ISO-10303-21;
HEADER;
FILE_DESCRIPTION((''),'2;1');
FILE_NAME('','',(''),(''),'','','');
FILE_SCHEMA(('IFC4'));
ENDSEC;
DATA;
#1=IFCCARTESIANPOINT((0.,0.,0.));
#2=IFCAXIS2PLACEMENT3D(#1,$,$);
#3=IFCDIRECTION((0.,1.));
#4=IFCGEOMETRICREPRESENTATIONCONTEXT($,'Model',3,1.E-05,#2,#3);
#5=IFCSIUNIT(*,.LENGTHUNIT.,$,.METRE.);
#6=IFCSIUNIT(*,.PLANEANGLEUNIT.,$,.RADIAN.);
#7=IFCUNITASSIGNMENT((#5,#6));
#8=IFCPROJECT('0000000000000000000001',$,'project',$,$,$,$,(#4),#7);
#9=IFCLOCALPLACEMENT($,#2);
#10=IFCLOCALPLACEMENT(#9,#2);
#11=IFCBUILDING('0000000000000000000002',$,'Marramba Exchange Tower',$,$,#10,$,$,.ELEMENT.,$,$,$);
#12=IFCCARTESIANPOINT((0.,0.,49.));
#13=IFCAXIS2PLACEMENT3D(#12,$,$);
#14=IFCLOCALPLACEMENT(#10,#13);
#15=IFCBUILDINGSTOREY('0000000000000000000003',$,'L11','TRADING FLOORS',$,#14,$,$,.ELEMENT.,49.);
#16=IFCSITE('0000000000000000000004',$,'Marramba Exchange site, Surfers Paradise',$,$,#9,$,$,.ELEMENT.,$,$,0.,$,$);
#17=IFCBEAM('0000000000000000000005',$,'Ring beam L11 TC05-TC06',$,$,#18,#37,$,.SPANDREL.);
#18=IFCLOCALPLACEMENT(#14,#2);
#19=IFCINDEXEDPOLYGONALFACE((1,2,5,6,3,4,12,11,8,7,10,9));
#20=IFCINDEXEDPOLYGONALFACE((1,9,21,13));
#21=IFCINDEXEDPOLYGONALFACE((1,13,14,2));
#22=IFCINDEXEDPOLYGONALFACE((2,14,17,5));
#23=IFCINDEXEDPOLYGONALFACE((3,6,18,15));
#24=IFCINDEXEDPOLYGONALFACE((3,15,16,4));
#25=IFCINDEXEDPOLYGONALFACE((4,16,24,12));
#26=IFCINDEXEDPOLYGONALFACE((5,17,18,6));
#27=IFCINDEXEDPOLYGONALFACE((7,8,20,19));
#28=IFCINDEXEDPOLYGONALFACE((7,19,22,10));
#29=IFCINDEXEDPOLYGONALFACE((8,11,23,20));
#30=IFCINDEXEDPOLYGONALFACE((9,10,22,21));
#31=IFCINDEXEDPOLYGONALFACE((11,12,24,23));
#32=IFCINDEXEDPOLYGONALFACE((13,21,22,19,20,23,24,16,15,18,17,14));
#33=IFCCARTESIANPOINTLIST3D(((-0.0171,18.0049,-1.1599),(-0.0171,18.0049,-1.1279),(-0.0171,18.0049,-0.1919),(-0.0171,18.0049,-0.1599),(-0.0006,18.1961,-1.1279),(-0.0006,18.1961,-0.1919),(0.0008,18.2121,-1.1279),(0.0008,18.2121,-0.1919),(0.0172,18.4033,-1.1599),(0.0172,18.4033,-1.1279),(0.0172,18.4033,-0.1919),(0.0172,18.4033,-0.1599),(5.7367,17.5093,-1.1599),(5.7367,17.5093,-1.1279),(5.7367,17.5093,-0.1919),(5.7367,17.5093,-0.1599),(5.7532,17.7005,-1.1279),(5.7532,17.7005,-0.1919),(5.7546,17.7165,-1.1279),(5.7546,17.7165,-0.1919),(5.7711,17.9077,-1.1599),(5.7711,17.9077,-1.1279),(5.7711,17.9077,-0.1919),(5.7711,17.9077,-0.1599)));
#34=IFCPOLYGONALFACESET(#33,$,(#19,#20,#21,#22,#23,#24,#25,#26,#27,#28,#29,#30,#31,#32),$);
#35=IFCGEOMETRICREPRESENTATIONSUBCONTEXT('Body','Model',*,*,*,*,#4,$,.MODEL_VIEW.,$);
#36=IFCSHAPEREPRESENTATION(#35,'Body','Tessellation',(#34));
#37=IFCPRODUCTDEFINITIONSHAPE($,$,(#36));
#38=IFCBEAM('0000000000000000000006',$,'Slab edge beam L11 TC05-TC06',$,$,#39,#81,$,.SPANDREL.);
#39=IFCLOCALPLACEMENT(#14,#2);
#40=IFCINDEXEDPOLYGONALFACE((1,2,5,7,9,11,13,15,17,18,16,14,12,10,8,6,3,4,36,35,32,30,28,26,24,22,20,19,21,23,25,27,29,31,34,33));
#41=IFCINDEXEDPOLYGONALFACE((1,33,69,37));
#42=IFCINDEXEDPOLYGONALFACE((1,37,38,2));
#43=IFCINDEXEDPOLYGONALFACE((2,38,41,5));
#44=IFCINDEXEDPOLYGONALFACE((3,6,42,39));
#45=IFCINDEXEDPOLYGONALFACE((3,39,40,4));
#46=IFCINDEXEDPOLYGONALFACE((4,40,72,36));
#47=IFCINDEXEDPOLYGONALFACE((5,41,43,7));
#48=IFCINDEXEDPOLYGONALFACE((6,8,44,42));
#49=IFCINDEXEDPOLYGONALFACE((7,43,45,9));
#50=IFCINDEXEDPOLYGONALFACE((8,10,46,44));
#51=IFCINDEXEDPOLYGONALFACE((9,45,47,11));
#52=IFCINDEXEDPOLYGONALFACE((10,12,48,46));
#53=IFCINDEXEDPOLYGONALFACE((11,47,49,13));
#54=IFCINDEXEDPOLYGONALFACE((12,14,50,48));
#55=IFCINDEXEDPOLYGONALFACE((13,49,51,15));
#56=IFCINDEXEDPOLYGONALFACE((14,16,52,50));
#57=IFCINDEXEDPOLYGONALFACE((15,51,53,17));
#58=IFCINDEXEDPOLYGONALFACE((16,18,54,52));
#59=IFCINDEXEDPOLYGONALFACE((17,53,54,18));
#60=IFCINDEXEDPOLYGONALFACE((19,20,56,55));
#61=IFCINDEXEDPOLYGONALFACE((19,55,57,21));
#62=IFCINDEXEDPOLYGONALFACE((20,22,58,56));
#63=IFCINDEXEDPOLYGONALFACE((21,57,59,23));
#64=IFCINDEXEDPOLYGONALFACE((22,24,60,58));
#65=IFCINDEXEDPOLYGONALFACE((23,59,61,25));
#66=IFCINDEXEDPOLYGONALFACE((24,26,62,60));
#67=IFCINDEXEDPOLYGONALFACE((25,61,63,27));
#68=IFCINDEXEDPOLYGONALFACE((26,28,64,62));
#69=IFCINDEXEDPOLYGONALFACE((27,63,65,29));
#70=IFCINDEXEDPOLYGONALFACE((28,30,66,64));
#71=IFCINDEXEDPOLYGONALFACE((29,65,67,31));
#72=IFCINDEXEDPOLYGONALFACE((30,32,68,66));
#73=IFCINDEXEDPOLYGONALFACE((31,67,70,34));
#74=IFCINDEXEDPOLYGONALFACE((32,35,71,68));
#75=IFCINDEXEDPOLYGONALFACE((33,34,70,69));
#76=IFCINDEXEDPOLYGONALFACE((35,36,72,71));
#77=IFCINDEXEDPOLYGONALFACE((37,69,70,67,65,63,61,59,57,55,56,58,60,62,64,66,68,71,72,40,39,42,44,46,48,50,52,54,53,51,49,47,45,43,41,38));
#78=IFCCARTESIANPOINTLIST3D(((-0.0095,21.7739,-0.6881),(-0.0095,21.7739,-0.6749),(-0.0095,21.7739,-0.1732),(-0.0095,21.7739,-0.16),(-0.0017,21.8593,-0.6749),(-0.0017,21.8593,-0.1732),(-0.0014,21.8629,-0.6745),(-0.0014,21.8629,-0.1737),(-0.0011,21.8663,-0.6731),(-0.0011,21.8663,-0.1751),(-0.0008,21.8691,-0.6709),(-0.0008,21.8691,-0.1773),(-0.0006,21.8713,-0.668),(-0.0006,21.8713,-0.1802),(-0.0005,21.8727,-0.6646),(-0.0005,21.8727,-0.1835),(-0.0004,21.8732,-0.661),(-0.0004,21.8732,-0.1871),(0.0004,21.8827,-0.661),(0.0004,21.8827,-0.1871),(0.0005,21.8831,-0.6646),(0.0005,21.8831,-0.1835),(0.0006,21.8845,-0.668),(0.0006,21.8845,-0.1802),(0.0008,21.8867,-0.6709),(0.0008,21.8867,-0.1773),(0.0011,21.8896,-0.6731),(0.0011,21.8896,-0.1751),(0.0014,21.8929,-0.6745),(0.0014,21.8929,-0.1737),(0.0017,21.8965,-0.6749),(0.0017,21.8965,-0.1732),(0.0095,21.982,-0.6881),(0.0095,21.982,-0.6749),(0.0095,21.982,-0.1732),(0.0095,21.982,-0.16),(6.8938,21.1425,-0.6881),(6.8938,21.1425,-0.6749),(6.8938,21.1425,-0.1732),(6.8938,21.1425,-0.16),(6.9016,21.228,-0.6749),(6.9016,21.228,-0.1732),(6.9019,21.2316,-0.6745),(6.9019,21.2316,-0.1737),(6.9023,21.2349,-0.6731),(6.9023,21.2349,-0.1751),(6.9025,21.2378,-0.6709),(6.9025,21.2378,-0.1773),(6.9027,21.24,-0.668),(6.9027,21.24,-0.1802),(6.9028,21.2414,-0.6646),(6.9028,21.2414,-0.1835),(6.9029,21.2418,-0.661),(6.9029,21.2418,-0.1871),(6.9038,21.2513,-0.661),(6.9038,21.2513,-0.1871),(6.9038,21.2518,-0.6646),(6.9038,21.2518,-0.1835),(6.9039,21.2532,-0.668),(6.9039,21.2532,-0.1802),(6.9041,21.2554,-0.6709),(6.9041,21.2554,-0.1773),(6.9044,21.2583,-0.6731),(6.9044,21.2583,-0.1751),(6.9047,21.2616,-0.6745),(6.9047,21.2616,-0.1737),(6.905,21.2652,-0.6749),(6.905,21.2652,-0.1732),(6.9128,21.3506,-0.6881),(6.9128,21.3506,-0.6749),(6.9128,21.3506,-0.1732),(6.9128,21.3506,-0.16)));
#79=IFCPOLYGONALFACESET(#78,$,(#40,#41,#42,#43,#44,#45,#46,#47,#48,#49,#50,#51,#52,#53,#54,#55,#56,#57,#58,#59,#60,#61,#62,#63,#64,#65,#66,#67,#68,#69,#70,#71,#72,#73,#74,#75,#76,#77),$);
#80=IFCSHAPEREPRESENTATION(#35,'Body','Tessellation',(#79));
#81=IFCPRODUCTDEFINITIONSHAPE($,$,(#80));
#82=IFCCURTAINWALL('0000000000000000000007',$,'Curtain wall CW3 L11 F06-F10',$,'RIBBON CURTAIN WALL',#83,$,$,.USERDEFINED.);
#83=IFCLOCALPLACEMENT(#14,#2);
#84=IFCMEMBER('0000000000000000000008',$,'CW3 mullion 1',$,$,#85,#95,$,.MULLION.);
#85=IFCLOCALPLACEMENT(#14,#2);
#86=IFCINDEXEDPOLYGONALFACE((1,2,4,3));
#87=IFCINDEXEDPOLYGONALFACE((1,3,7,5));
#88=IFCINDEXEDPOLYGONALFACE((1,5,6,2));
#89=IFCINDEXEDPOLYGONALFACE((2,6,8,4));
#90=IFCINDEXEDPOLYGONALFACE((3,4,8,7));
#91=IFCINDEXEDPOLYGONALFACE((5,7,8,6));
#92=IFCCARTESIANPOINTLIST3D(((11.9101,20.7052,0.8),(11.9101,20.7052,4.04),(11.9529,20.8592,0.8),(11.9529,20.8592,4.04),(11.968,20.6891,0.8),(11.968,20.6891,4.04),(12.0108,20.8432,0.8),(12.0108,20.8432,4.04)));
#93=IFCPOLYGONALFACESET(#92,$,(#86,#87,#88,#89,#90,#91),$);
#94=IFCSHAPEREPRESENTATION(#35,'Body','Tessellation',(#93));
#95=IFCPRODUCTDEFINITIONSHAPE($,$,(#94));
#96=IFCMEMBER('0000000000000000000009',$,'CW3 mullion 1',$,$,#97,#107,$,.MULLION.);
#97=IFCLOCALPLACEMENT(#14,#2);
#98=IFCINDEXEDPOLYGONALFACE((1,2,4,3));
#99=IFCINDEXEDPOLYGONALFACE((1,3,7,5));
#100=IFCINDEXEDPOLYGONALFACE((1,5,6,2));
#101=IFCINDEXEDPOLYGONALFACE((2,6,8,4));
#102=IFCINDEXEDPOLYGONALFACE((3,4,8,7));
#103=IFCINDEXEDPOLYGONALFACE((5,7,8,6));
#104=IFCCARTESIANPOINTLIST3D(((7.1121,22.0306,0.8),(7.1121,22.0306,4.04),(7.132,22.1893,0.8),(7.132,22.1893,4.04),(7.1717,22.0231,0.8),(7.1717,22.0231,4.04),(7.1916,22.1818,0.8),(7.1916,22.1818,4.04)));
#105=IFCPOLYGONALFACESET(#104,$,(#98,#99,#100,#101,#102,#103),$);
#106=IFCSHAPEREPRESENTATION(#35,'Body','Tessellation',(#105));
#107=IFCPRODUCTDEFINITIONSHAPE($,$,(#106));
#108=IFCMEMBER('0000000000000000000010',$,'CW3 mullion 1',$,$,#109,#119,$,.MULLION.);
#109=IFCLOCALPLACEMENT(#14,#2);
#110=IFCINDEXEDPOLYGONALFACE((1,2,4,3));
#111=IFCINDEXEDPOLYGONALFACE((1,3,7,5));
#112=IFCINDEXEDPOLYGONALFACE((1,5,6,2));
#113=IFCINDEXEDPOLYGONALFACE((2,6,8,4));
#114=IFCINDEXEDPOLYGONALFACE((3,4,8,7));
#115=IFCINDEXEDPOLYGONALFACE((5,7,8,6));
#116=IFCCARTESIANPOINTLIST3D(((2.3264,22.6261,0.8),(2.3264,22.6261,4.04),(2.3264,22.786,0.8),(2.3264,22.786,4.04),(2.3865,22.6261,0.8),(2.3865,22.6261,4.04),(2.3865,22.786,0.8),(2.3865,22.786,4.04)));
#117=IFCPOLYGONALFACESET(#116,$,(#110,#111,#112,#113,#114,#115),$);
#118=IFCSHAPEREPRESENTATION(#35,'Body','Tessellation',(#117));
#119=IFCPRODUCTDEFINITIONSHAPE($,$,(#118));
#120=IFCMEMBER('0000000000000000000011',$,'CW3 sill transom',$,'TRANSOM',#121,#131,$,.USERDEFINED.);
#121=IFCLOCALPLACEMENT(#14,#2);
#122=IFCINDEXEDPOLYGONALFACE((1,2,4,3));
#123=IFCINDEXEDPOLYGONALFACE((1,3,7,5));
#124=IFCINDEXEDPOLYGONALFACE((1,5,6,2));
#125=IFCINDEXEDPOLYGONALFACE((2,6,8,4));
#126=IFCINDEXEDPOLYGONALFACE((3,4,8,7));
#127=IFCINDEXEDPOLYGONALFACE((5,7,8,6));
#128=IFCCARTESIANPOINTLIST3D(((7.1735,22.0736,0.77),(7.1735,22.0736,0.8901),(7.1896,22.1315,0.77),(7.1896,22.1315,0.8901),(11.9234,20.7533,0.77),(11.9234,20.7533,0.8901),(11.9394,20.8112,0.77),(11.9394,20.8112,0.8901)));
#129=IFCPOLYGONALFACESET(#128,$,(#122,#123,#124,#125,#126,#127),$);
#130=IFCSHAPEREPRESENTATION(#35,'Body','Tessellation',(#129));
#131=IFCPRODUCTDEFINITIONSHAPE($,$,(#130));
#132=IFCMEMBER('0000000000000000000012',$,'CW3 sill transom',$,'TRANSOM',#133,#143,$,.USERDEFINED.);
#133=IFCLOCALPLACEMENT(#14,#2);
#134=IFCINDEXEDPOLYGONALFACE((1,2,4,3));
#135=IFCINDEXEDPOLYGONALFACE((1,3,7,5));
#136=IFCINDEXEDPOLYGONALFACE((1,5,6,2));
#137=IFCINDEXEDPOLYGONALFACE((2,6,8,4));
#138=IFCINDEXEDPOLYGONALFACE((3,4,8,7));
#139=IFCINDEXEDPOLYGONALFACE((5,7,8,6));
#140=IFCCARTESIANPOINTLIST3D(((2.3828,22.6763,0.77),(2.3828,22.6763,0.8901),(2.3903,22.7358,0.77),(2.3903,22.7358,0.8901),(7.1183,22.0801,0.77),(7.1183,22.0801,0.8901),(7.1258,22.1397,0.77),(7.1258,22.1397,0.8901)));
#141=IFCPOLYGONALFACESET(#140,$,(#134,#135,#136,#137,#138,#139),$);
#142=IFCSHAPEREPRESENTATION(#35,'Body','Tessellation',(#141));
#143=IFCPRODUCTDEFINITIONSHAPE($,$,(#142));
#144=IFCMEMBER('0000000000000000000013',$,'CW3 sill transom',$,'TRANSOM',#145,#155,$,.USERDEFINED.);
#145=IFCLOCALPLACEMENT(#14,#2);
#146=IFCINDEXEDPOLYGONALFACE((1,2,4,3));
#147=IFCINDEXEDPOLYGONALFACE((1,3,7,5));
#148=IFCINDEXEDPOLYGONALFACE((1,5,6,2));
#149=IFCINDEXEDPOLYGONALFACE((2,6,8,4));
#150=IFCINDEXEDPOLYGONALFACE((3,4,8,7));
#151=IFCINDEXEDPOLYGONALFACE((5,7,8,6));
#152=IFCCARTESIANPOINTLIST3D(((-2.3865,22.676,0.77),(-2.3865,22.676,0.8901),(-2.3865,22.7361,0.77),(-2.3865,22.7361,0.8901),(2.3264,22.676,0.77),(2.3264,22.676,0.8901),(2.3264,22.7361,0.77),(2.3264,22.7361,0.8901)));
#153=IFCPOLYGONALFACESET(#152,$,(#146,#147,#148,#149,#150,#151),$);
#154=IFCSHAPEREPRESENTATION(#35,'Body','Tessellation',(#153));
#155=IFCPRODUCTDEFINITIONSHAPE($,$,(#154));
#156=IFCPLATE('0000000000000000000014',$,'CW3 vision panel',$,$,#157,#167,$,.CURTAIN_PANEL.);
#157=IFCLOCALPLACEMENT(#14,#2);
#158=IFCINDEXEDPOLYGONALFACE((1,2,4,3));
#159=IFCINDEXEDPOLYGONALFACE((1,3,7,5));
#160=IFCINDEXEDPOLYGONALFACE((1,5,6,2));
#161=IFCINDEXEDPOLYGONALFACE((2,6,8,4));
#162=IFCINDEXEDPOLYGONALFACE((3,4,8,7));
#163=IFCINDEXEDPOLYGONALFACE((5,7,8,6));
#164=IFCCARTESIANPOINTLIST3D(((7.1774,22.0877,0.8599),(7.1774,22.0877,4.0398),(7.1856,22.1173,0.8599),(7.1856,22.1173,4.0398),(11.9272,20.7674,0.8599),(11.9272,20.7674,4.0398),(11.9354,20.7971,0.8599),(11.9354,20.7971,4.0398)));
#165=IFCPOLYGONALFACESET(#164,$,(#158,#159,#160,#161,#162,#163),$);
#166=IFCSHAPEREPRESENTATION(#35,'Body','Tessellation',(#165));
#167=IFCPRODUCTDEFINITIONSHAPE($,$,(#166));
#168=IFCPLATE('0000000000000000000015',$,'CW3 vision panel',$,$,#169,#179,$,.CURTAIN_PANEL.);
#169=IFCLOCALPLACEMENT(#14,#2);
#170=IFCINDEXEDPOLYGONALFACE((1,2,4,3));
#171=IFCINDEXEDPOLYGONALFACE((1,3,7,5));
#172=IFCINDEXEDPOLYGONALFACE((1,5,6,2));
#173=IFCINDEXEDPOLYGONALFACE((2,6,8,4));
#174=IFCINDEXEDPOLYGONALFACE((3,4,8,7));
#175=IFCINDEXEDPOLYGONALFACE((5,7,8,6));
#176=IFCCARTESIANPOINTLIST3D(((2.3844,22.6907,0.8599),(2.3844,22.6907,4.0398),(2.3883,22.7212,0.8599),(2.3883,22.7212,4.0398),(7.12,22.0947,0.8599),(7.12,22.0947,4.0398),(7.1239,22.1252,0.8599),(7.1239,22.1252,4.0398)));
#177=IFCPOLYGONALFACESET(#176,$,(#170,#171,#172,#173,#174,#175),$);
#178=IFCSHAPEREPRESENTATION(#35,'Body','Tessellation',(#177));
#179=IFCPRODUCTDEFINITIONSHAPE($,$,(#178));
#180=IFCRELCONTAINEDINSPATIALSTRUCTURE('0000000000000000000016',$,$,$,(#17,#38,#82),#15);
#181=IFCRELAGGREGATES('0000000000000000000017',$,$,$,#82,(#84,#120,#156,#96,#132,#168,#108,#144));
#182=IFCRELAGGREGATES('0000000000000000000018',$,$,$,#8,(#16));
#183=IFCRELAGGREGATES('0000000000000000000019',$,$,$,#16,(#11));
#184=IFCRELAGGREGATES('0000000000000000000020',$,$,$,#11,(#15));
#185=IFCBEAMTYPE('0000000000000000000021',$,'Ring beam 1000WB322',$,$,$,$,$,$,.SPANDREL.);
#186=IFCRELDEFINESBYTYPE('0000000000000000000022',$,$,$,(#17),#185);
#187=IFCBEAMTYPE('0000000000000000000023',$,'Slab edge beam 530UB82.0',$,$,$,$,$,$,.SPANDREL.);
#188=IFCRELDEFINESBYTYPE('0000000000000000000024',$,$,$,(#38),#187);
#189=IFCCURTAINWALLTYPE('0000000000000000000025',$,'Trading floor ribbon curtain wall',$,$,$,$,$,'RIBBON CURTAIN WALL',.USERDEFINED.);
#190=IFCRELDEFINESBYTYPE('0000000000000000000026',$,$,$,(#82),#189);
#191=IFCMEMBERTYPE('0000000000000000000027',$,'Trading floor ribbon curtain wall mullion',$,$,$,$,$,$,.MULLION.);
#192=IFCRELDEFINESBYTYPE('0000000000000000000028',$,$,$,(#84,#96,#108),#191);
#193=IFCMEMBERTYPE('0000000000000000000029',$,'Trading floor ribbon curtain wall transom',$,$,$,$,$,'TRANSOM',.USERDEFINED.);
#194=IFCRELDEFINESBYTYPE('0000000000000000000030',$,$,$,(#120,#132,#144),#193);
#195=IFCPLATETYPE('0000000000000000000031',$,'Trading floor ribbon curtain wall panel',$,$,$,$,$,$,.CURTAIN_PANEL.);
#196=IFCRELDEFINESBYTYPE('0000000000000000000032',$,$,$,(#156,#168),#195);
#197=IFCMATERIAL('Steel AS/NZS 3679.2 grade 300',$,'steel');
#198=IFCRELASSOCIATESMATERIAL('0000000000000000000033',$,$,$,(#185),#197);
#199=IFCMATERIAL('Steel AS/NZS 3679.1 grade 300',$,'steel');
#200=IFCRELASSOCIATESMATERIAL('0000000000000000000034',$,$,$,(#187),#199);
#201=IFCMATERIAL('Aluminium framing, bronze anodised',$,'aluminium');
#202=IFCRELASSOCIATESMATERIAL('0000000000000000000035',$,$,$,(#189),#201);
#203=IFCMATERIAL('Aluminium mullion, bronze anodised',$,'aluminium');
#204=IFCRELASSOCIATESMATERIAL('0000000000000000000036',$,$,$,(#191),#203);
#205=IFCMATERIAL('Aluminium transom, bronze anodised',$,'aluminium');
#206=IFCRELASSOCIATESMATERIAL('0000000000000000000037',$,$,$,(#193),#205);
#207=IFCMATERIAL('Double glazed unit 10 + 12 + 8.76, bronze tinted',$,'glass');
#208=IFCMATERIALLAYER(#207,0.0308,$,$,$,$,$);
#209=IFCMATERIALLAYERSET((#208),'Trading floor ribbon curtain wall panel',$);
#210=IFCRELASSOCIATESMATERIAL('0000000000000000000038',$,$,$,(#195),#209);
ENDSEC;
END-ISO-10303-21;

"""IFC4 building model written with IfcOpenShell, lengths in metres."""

from ifc_helpers import new_model, si_unit, direction, frame, origin, origin_2d, place, context, subcontext, project, spatial, rectangle, i_section, extrude, material, layer, layer_set, material_profile, profile_set, type_object, element, aggregate, save


model = new_model("IFC4")

# Units and contexts
model_context = context("Model", 3, precision=1e-05, world=origin(), true_north=direction((0.0, 1.0)))
body_context = subcontext(model_context, "Body", "Model", "MODEL_VIEW")
ifc_project = project(units=[si_unit("LENGTHUNIT", "METRE"), si_unit("PLANEANGLEUNIT", "RADIAN")], contexts=[model_context])

# Site, building, storey
site_placement = place(None, origin())
site = spatial("IfcSite", under=ifc_project, at=site_placement, Name="Marramba Exchange site, Surfers Paradise", CompositionType="ELEMENT", RefElevation=0.0)
building_placement = place(site_placement, origin())
building = spatial("IfcBuilding", under=site, at=building_placement, Name="Marramba Exchange Tower", CompositionType="ELEMENT")
storey_placement = place(building_placement, frame((0.0, 0.0, 49.0)))
storey = spatial("IfcBuildingStorey", under=building, at=storey_placement, Name="L11", Description="TRADING FLOORS", CompositionType="ELEMENT", Elevation=49.0)

# Beams
ifc_material_1 = material(Name="Steel AS/NZS 3679.2 grade 300", Category="steel")
ifc_material_2 = material(Name="Steel AS/NZS 3679.1 grade 300", Category="steel")
ifc_material_profile_1 = material_profile(ifc_material_1, i_section(OverallWidth=0.3999, OverallDepth=1.0, WebThickness=0.0161, FlangeThickness=0.032, at=origin_2d()), Name="1000WB322")
ifc_profile_set_1 = profile_set([ifc_material_profile_1], Name="Steel AS/NZS 3679.2 grade 300")
beam_type_1 = type_object("IfcBeamType", Name="Ring beam 1000WB322", PredefinedType="SPANDREL", material=ifc_profile_set_1)
beam_1_placement = place(storey_placement, frame((5.7539, 17.7085, -0.6599), z_axis=(-0.996311, 0.085816, 0.0), x_axis=(-0.085816, -0.996311, 0.0)))
element("IfcBeam", 1, at=beam_1_placement, inside=storey, type_object=beam_type_1, Name="Ring beam L11 TC05-TC06", PredefinedType="SPANDREL", context=body_context, shape_type="SweptSolid", body=[
    extrude(i_section(OverallWidth=0.3999, OverallDepth=1.0, WebThickness=0.0161, FlangeThickness=0.032, at=origin_2d()), origin(), (0.0, 0.0, 1.0), 5.7751),
])
ifc_material_profile_2 = material_profile(ifc_material_2, i_section(OverallWidth=0.209, OverallDepth=0.5281, WebThickness=0.0095, FlangeThickness=0.0132, FilletRadius=0.0139, at=origin_2d()), Name="530UB82.0")
ifc_profile_set_2 = profile_set([ifc_material_profile_2], Name="Steel AS/NZS 3679.1 grade 300")
beam_type_2 = type_object("IfcBeamType", Name="Slab edge beam 530UB82.0", PredefinedType="SPANDREL", material=ifc_profile_set_2)
beam_2_placement = place(storey_placement, frame((6.9033, 21.2466, -0.4241), z_axis=(-0.995844, 0.091076, 0.0), x_axis=(-0.091076, -0.995844, 0.0)))
element("IfcBeam", 2, at=beam_2_placement, inside=storey, type_object=beam_type_2, Name="Slab edge beam L11 TC05-TC06", PredefinedType="SPANDREL", context=body_context, shape_type="SweptSolid", body=[
    extrude(i_section(OverallWidth=0.209, OverallDepth=0.5281, WebThickness=0.0095, FlangeThickness=0.0132, FilletRadius=0.0139, at=origin_2d()), origin(), (0.0, 0.0, 1.0), 6.9321),
])

# Curtain wall, members, plates
ifc_material_3 = material(Name="Aluminium framing, bronze anodised", Category="aluminium")
curtain_wall_type = type_object("IfcCurtainWallType", Name="Trading floor ribbon curtain wall", ElementType="RIBBON CURTAIN WALL", PredefinedType="USERDEFINED", material=ifc_material_3)
curtain_wall_placement = place(storey_placement, origin())
curtain_wall = element("IfcCurtainWall", 3, at=curtain_wall_placement, inside=storey, type_object=curtain_wall_type, Name="Curtain wall CW3 L11 F06-F10", ObjectType="RIBBON CURTAIN WALL", PredefinedType="USERDEFINED")
ifc_material_4 = material(Name="Aluminium mullion, bronze anodised", Category="aluminium")
ifc_material_profile_3 = material_profile(ifc_material_4, rectangle(XDim=0.1599, YDim=0.0601, at=origin_2d()), Name="CW3 mullion 60x160")
ifc_profile_set_3 = profile_set([ifc_material_profile_3], Name="Aluminium mullion, bronze anodised")
member_type_1 = type_object("IfcMemberType", Name="Trading floor ribbon curtain wall mullion", PredefinedType="MULLION", material=ifc_profile_set_3)
member_1_placement = place(storey_placement, frame((11.9604, 20.7742, 0.8), z_axis=(0.0, 0.0, 1.0), x_axis=(-0.267809, -0.963472, 0.0)))
member_1 = element("IfcMember", 4, at=member_1_placement, type_object=member_type_1, Name="CW3 mullion 1", PredefinedType="MULLION", context=body_context, shape_type="SweptSolid", body=[
    extrude(rectangle(XDim=0.1599, YDim=0.0601, at=origin_2d()), origin(), (0.0, 0.0, 1.0), 3.24),
])
member_2_placement = place(storey_placement, frame((7.1519, 22.1062, 0.8), z_axis=(0.0, 0.0, 1.0), x_axis=(-0.124873, -0.992173, 0.0)))
member_2 = element("IfcMember", 5, at=member_2_placement, type_object=member_type_1, Name="CW3 mullion 1", PredefinedType="MULLION", context=body_context, shape_type="SweptSolid", body=[
    extrude(rectangle(XDim=0.1599, YDim=0.0601, at=origin_2d()), origin(), (0.0, 0.0, 1.0), 3.24),
])
member_3_placement = place(storey_placement, frame((2.3564, 22.7061, 0.8), z_axis=(0.0, 0.0, 1.0), x_axis=(0.0, -1.0, 0.0)))
member_3 = element("IfcMember", 6, at=member_3_placement, type_object=member_type_1, Name="CW3 mullion 1", PredefinedType="MULLION", context=body_context, shape_type="SweptSolid", body=[
    extrude(rectangle(XDim=0.1599, YDim=0.0601, at=origin_2d()), origin(), (0.0, 0.0, 1.0), 3.24),
])
ifc_material_5 = material(Name="Aluminium transom, bronze anodised", Category="aluminium")
ifc_material_profile_4 = material_profile(ifc_material_5, rectangle(XDim=0.0601, YDim=0.1201, at=origin_2d()), Name="CW3 transom 60x120")
ifc_profile_set_4 = profile_set([ifc_material_profile_4], Name="Aluminium transom, bronze anodised")
member_type_2 = type_object("IfcMemberType", Name="Trading floor ribbon curtain wall transom", ElementType="TRANSOM", PredefinedType="USERDEFINED", material=ifc_profile_set_4)
member_4_placement = place(storey_placement, frame((11.9314, 20.7822, 0.8301), z_axis=(-0.963469, 0.26782, 0.0), x_axis=(-0.26782, -0.963469, 0.0)))
member_4 = element("IfcMember", 7, at=member_4_placement, type_object=member_type_2, Name="CW3 sill transom", ObjectType="TRANSOM", PredefinedType="USERDEFINED", context=body_context, shape_type="SweptSolid", body=[
    extrude(rectangle(XDim=0.0601, YDim=0.1201, at=origin_2d()), origin(), (0.0, 0.0, 1.0), 4.9299),
])
member_5_placement = place(storey_placement, frame((7.1221, 22.1099, 0.8301), z_axis=(-0.992168, 0.12491, 0.0), x_axis=(-0.12491, -0.992168, 0.0)))
member_5 = element("IfcMember", 8, at=member_5_placement, type_object=member_type_2, Name="CW3 sill transom", ObjectType="TRANSOM", PredefinedType="USERDEFINED", context=body_context, shape_type="SweptSolid", body=[
    extrude(rectangle(XDim=0.0601, YDim=0.1201, at=origin_2d()), origin(), (0.0, 0.0, 1.0), 4.7729),
])
member_6_placement = place(storey_placement, frame((2.3264, 22.7061, 0.8301), z_axis=(-1.0, 0.0, 0.0), x_axis=(0.0, -1.0, 0.0)))
member_6 = element("IfcMember", 9, at=member_6_placement, type_object=member_type_2, Name="CW3 sill transom", ObjectType="TRANSOM", PredefinedType="USERDEFINED", context=body_context, shape_type="SweptSolid", body=[
    extrude(rectangle(XDim=0.0601, YDim=0.1201, at=origin_2d()), origin(), (0.0, 0.0, 1.0), 4.7129),
])
ifc_material_6 = material(Name="Double glazed unit 10 + 12 + 8.76, bronze tinted", Category="glass")
ifc_layer_1 = layer(ifc_material_6, 0.0308)
ifc_layer_set_1 = layer_set([ifc_layer_1], Name="Trading floor ribbon curtain wall panel")
plate_type = type_object("IfcPlateType", Name="Trading floor ribbon curtain wall panel", PredefinedType="CURTAIN_PANEL", material=ifc_layer_set_1)
plate_1_placement = place(storey_placement, frame((9.5564, 21.4424, 0.8599), z_axis=(0.0, 0.0, 1.0), x_axis=(-0.963472, 0.267809, 0.0)))
plate_1 = element("IfcPlate", 10, at=plate_1_placement, type_object=plate_type, Name="CW3 vision panel", PredefinedType="CURTAIN_PANEL", context=body_context, shape_type="SweptSolid", body=[
    extrude(rectangle(XDim=4.9299, YDim=0.0308, at=origin_2d()), origin(), (0.0, 0.0, 1.0), 3.1799),
])
plate_2_placement = place(storey_placement, frame((4.7542, 22.408, 0.8599), z_axis=(0.0, 0.0, 1.0), x_axis=(-0.992173, 0.124873, 0.0)))
plate_2 = element("IfcPlate", 11, at=plate_2_placement, type_object=plate_type, Name="CW3 vision panel", PredefinedType="CURTAIN_PANEL", context=body_context, shape_type="SweptSolid", body=[
    extrude(rectangle(XDim=4.7729, YDim=0.0308, at=origin_2d()), origin(), (0.0, 0.0, 1.0), 3.1799),
])
aggregate(curtain_wall, [member_1, member_4, plate_1, member_2, member_5, plate_2, member_3, member_6])

save(model, "model.ifc")
